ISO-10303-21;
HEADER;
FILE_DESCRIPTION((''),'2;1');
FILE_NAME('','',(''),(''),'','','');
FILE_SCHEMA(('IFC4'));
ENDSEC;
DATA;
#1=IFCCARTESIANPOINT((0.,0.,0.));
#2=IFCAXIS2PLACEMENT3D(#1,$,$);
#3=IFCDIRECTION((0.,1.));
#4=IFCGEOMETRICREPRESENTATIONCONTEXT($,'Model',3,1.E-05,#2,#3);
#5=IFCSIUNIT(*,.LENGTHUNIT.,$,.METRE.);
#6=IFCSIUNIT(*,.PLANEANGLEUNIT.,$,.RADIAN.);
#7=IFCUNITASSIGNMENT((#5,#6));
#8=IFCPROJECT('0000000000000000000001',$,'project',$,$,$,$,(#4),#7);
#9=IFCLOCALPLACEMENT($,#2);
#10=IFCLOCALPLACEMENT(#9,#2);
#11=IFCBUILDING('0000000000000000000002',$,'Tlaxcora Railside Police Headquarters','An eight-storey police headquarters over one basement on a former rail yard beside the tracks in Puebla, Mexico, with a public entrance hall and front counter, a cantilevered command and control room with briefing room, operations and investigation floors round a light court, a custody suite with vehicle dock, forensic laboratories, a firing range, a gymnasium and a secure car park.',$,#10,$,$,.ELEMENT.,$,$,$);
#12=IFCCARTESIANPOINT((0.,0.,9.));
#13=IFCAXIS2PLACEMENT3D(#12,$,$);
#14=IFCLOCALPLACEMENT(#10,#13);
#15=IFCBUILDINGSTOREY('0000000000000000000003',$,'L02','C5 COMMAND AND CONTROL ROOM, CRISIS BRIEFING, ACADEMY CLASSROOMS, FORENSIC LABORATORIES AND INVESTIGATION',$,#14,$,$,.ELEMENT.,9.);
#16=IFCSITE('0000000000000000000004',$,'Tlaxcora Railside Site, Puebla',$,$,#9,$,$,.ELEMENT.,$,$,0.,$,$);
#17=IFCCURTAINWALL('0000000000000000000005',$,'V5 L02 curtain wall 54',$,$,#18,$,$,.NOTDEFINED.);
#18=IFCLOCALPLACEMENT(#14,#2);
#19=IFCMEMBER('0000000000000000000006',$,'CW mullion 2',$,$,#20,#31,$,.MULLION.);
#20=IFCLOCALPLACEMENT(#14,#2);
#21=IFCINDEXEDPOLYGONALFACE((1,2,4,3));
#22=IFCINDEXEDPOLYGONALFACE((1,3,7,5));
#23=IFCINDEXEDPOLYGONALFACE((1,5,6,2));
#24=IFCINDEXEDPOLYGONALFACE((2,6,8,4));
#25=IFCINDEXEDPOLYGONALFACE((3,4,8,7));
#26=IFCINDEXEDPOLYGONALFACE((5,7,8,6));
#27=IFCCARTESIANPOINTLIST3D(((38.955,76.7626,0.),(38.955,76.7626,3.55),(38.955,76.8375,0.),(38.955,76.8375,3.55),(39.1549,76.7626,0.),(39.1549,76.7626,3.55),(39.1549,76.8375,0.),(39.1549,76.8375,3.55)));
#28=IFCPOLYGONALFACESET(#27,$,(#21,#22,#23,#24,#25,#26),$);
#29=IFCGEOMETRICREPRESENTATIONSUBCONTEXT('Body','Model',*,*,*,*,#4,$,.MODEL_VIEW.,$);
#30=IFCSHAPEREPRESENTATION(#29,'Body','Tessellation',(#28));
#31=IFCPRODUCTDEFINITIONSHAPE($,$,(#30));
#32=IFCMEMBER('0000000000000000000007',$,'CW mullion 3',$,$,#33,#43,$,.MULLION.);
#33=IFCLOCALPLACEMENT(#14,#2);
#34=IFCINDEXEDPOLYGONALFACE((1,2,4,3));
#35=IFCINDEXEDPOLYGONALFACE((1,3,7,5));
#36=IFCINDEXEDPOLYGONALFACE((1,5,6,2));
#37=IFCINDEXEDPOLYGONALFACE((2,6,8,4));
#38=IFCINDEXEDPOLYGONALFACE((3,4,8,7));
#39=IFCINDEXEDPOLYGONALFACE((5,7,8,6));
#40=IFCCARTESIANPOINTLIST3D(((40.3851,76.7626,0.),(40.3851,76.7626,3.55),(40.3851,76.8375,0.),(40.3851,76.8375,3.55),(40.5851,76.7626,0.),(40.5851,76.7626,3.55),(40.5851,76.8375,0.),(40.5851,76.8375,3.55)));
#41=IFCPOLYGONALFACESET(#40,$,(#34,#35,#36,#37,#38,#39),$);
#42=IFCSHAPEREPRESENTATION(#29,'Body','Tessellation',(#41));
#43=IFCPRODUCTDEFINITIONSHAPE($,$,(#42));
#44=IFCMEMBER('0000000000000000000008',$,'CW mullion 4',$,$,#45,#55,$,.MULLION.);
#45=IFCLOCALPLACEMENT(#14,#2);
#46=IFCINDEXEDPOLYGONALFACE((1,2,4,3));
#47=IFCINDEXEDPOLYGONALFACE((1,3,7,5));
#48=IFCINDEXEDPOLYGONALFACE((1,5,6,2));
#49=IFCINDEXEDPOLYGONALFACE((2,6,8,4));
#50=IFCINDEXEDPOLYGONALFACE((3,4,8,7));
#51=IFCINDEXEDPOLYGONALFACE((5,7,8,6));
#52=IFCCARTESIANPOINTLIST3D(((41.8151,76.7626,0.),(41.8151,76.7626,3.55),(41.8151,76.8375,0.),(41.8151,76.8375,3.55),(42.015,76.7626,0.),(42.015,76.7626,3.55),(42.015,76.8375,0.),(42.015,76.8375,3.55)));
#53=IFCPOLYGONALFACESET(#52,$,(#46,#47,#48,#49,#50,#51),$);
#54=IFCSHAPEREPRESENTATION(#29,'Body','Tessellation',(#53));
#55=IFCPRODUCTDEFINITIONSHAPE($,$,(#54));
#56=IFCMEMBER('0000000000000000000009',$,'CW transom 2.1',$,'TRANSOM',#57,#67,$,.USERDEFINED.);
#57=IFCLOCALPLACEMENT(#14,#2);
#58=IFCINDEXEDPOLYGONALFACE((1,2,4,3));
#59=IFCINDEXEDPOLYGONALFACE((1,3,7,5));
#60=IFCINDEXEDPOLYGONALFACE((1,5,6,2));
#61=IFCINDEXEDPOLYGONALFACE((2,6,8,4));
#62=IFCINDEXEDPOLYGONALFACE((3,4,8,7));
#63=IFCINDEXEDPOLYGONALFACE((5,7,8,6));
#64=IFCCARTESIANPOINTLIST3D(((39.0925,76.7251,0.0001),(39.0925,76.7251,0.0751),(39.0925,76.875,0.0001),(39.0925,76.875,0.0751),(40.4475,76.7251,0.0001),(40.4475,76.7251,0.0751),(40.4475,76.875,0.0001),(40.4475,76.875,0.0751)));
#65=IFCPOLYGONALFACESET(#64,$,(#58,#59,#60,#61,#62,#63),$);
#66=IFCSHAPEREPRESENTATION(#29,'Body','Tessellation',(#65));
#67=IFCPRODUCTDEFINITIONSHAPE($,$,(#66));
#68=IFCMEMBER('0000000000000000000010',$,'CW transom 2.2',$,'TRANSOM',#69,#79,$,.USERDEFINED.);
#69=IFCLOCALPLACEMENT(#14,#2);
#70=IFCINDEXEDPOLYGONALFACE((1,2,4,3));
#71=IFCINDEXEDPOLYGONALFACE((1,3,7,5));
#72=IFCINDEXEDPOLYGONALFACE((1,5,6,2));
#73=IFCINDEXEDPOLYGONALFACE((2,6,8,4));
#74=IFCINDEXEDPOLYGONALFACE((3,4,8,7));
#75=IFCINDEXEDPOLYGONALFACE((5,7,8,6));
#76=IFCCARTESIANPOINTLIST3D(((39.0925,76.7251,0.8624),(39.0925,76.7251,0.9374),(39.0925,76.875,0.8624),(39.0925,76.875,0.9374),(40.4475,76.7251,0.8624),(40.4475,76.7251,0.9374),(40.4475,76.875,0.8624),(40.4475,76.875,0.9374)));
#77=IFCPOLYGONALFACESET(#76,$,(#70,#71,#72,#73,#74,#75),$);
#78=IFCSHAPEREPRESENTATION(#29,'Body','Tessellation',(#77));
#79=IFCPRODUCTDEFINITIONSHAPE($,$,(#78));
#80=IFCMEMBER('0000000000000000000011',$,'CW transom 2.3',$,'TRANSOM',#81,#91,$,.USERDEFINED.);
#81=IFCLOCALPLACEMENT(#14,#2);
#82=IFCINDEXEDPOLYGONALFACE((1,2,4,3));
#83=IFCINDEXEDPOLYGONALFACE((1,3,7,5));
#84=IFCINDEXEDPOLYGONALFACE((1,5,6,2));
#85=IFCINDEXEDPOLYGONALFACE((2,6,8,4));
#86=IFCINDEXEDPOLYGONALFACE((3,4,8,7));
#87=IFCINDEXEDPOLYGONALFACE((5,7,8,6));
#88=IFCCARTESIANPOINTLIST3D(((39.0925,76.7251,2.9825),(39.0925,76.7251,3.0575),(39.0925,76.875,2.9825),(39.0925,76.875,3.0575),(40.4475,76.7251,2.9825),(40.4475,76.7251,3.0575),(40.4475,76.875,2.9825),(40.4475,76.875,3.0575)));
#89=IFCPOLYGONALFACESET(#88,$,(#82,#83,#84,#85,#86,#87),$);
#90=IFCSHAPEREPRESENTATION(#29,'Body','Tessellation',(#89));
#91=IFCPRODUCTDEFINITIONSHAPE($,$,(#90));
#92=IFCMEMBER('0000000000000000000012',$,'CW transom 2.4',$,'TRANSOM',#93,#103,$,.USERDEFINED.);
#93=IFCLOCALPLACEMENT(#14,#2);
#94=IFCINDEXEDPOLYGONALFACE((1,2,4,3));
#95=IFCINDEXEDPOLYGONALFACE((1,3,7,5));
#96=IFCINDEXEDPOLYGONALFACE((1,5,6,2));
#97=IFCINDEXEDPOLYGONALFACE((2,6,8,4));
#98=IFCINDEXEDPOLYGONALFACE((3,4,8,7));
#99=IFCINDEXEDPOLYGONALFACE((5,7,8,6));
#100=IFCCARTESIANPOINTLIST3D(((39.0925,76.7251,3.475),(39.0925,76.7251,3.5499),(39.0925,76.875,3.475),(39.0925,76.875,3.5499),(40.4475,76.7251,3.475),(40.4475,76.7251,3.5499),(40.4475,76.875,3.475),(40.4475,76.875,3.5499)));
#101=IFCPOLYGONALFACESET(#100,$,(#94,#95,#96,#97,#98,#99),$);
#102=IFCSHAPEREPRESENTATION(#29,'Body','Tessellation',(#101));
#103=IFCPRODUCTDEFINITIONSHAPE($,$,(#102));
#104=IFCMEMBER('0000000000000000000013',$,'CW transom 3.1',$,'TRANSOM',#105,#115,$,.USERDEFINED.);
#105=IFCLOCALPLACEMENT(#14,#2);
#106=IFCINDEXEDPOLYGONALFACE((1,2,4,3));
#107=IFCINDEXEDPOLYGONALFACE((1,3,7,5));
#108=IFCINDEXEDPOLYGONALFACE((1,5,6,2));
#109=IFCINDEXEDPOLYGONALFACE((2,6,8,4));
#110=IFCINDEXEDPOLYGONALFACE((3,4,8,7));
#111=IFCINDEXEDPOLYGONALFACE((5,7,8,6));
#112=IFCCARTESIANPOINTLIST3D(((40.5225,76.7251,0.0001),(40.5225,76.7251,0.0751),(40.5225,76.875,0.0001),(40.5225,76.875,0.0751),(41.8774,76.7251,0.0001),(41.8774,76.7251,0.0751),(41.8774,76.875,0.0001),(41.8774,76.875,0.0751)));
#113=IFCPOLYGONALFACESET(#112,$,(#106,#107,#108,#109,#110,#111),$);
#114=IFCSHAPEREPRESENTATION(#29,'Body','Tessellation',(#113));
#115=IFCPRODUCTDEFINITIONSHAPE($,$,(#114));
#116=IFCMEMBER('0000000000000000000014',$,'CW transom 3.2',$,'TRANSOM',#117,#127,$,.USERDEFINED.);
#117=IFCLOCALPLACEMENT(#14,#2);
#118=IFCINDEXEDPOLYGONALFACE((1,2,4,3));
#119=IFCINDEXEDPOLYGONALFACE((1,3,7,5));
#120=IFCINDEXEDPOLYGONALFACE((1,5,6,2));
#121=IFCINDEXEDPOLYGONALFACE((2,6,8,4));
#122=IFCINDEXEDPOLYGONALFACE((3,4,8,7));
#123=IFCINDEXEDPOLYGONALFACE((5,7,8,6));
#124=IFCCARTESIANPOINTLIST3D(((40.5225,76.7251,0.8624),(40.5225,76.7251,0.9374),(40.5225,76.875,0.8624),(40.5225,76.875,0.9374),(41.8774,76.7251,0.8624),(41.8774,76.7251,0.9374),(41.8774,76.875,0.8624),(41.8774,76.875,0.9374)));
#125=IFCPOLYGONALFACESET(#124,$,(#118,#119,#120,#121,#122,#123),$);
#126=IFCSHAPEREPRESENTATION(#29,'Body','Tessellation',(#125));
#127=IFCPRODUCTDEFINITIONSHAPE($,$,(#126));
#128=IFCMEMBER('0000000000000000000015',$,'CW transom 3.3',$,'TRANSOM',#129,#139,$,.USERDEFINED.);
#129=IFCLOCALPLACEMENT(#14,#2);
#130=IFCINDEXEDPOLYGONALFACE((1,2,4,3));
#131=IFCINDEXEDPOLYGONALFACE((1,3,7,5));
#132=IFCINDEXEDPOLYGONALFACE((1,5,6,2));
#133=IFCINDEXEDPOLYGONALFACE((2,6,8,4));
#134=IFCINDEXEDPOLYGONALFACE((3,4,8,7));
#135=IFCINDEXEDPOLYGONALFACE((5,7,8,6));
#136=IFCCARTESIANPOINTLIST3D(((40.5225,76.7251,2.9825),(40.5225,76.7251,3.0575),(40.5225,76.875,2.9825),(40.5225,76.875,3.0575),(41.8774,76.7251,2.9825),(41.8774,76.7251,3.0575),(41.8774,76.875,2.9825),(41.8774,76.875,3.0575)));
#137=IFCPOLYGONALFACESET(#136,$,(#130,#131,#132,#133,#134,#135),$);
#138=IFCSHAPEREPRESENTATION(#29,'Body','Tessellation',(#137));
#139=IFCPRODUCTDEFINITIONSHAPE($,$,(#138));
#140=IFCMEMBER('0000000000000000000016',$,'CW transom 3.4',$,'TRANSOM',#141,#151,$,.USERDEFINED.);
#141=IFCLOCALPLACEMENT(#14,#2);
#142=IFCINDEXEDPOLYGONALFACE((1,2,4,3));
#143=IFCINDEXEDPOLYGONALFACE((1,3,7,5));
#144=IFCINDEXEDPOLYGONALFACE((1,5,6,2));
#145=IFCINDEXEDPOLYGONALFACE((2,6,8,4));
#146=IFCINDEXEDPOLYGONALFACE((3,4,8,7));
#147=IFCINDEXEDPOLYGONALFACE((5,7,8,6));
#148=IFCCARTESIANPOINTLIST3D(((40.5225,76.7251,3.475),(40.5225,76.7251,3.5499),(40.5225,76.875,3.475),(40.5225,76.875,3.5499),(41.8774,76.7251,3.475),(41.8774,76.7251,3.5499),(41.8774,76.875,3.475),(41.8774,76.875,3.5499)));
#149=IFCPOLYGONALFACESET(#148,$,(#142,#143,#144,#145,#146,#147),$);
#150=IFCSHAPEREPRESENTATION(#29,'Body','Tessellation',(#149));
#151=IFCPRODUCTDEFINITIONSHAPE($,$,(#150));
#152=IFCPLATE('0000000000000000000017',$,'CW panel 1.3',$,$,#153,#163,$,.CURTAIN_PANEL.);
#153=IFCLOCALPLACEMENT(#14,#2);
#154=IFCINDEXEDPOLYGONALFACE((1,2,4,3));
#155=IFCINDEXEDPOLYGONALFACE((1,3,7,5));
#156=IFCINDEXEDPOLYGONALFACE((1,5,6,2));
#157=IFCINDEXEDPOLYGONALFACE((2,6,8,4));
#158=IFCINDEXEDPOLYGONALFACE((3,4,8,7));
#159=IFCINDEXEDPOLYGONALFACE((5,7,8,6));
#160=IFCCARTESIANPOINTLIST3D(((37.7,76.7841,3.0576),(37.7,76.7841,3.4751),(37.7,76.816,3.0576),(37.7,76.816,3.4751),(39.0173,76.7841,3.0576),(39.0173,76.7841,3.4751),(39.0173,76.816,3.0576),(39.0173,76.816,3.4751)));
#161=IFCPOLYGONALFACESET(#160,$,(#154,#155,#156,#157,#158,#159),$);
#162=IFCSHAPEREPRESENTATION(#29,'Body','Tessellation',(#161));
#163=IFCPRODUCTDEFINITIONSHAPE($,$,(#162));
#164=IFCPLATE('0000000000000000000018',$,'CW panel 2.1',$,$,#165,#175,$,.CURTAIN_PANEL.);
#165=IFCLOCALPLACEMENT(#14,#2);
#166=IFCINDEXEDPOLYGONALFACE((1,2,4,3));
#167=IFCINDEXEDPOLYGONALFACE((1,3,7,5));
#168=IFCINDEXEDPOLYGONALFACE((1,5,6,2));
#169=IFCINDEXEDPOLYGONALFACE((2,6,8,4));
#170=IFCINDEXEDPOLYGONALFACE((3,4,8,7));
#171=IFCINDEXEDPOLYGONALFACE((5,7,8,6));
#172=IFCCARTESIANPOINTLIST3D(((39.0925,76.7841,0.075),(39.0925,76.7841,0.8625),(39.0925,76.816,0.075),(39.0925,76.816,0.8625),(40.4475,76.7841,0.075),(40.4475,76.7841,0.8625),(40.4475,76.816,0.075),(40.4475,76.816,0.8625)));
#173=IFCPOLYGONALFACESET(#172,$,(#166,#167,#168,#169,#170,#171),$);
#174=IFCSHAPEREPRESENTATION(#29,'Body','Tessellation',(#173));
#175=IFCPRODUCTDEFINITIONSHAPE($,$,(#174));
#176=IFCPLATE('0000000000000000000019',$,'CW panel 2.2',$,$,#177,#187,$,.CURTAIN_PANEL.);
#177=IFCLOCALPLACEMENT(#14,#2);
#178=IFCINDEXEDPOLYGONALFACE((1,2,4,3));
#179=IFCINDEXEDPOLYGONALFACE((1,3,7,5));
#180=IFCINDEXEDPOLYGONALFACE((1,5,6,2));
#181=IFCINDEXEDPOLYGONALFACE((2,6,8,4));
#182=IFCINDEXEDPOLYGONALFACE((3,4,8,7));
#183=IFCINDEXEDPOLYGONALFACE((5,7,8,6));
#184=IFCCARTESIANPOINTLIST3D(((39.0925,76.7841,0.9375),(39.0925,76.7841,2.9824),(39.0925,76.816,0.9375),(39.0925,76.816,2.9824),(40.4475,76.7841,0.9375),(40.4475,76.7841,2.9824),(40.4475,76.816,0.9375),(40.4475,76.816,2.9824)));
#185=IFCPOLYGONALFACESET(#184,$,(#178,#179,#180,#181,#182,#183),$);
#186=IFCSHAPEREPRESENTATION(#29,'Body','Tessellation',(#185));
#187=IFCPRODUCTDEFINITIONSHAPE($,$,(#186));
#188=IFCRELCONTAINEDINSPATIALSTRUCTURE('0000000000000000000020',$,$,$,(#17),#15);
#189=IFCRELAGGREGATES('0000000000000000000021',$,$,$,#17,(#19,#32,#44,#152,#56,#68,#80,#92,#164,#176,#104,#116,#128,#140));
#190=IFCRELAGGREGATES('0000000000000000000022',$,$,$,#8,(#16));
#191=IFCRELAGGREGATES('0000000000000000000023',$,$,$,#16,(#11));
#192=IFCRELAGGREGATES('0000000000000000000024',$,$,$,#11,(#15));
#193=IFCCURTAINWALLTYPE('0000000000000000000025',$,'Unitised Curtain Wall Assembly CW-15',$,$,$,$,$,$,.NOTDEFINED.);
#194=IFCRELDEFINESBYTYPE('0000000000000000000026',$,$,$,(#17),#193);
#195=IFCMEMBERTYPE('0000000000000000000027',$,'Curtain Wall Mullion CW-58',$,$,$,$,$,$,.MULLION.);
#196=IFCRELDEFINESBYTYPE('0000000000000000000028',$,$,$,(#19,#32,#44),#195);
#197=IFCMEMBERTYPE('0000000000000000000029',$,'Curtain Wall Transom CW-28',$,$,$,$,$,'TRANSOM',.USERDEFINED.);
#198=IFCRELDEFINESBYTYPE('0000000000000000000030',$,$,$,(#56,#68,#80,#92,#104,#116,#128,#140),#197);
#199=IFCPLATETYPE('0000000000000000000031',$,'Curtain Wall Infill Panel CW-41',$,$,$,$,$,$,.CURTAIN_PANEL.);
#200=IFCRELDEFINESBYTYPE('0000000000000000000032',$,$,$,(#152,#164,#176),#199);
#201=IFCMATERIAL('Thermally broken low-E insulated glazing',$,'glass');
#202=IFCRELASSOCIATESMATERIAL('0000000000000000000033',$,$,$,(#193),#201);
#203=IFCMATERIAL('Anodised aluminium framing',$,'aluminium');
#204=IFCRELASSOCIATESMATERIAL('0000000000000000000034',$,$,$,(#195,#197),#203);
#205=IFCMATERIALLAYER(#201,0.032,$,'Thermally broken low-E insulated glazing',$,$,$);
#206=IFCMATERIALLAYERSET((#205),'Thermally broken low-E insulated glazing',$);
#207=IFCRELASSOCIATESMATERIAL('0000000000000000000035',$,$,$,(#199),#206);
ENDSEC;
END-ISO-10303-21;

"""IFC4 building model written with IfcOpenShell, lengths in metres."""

from ifc_helpers import new_model, si_unit, direction, frame, origin, origin_2d, place, context, subcontext, project, spatial, rectangle, extrude, material, layer, layer_set, material_profile, profile_set, type_object, element, aggregate, save


model = new_model("IFC4")

# Units and contexts
model_context = context("Model", 3, precision=1e-05, world=origin(), true_north=direction((0.0, 1.0)))
body_context = subcontext(model_context, "Body", "Model", "MODEL_VIEW")
ifc_project = project(units=[si_unit("LENGTHUNIT", "METRE"), si_unit("PLANEANGLEUNIT", "RADIAN")], contexts=[model_context])

# Site, building, storey
site_placement = place(None, origin())
site = spatial("IfcSite", under=ifc_project, at=site_placement, Name="Tlaxcora Railside Site, Puebla", CompositionType="ELEMENT", RefElevation=0.0)
building_placement = place(site_placement, origin())
building = spatial("IfcBuilding", under=site, at=building_placement, Name="Tlaxcora Railside Police Headquarters", Description="An eight-storey police headquarters over one basement on a former rail yard beside the tracks in Puebla, Mexico, with a public entrance hall and front counter, a cantilevered command and control room with briefing room, operations and investigation floors round a light court, a custody suite with vehicle dock, forensic laboratories, a firing range, a gymnasium and a secure car park.", CompositionType="ELEMENT")
storey_placement = place(building_placement, frame((0.0, 0.0, 9.0)))
storey = spatial("IfcBuildingStorey", under=building, at=storey_placement, Name="L02", Description="C5 COMMAND AND CONTROL ROOM, CRISIS BRIEFING, ACADEMY CLASSROOMS, FORENSIC LABORATORIES AND INVESTIGATION", CompositionType="ELEMENT", Elevation=9.0)

# Curtain wall, members, plates
ifc_material_1 = material(Name="Thermally broken low-E insulated glazing", Category="glass")
curtain_wall_type = type_object("IfcCurtainWallType", Name="Unitised Curtain Wall Assembly CW-15", PredefinedType="NOTDEFINED", material=ifc_material_1)
curtain_wall_placement = place(storey_placement, origin())
curtain_wall = element("IfcCurtainWall", 1, at=curtain_wall_placement, inside=storey, type_object=curtain_wall_type, Name="V5 L02 curtain wall 54", PredefinedType="NOTDEFINED")
ifc_material_2 = material(Name="Anodised aluminium framing", Category="aluminium")
ifc_material_profile_1 = material_profile(ifc_material_2, rectangle(XDim=0.075, YDim=0.2, at=origin_2d()), Name="AL75X200")
ifc_profile_set_1 = profile_set([ifc_material_profile_1], Name="Anodised aluminium framing")
member_type_1 = type_object("IfcMemberType", Name="Curtain Wall Mullion CW-58", PredefinedType="MULLION", material=ifc_profile_set_1)
member_1_placement = place(storey_placement, frame((39.0549, 76.8, 0.0), z_axis=(0.0, 0.0, 1.0), x_axis=(0.0, 1.0, 0.0)))
member_1 = element("IfcMember", 2, at=member_1_placement, type_object=member_type_1, Name="CW mullion 2", PredefinedType="MULLION", context=body_context, shape_type="SweptSolid", body=[
    extrude(rectangle(XDim=0.075, YDim=0.2, at=origin_2d()), origin(), (0.0, 0.0, 1.0), 3.55),
])
member_2_placement = place(storey_placement, frame((40.4851, 76.8, 0.0), z_axis=(0.0, 0.0, 1.0), x_axis=(0.0, 1.0, 0.0)))
member_2 = element("IfcMember", 3, at=member_2_placement, type_object=member_type_1, Name="CW mullion 3", PredefinedType="MULLION", context=body_context, shape_type="SweptSolid", body=[
    extrude(rectangle(XDim=0.075, YDim=0.2, at=origin_2d()), origin(), (0.0, 0.0, 1.0), 3.55),
])
member_3_placement = place(storey_placement, frame((41.915, 76.8, 0.0), z_axis=(0.0, 0.0, 1.0), x_axis=(0.0, 1.0, 0.0)))
member_3 = element("IfcMember", 4, at=member_3_placement, type_object=member_type_1, Name="CW mullion 4", PredefinedType="MULLION", context=body_context, shape_type="SweptSolid", body=[
    extrude(rectangle(XDim=0.075, YDim=0.2, at=origin_2d()), origin(), (0.0, 0.0, 1.0), 3.55),
])
ifc_material_profile_2 = material_profile(ifc_material_2, rectangle(XDim=0.1499, YDim=0.075, at=origin_2d()), Name="AL75X150")
ifc_profile_set_2 = profile_set([ifc_material_profile_2], Name="Anodised aluminium framing")
member_type_2 = type_object("IfcMemberType", Name="Curtain Wall Transom CW-28", ElementType="TRANSOM", PredefinedType="USERDEFINED", material=ifc_profile_set_2)
member_4_placement = place(storey_placement, frame((39.0925, 76.8, 0.0376), z_axis=(1.0, 0.0, 0.0), x_axis=(0.0, 1.0, 0.0)))
member_4 = element("IfcMember", 5, at=member_4_placement, type_object=member_type_2, Name="CW transom 2.1", ObjectType="TRANSOM", PredefinedType="USERDEFINED", context=body_context, shape_type="SweptSolid", body=[
    extrude(rectangle(XDim=0.1499, YDim=0.075, at=origin_2d()), origin(), (0.0, 0.0, 1.0), 1.355),
])
member_5_placement = place(storey_placement, frame((39.0925, 76.8, 0.8999), z_axis=(1.0, 0.0, 0.0), x_axis=(0.0, 1.0, 0.0)))
member_5 = element("IfcMember", 6, at=member_5_placement, type_object=member_type_2, Name="CW transom 2.2", ObjectType="TRANSOM", PredefinedType="USERDEFINED", context=body_context, shape_type="SweptSolid", body=[
    extrude(rectangle(XDim=0.1499, YDim=0.075, at=origin_2d()), origin(), (0.0, 0.0, 1.0), 1.355),
])
member_6_placement = place(storey_placement, frame((39.0925, 76.8, 3.02), z_axis=(1.0, 0.0, 0.0), x_axis=(0.0, 1.0, 0.0)))
member_6 = element("IfcMember", 7, at=member_6_placement, type_object=member_type_2, Name="CW transom 2.3", ObjectType="TRANSOM", PredefinedType="USERDEFINED", context=body_context, shape_type="SweptSolid", body=[
    extrude(rectangle(XDim=0.1499, YDim=0.075, at=origin_2d()), origin(), (0.0, 0.0, 1.0), 1.355),
])
member_7_placement = place(storey_placement, frame((39.0925, 76.8, 3.5125), z_axis=(1.0, 0.0, 0.0), x_axis=(0.0, 1.0, 0.0)))
member_7 = element("IfcMember", 8, at=member_7_placement, type_object=member_type_2, Name="CW transom 2.4", ObjectType="TRANSOM", PredefinedType="USERDEFINED", context=body_context, shape_type="SweptSolid", body=[
    extrude(rectangle(XDim=0.1499, YDim=0.075, at=origin_2d()), origin(), (0.0, 0.0, 1.0), 1.355),
])
member_8_placement = place(storey_placement, frame((40.5225, 76.8, 0.0376), z_axis=(1.0, 0.0, 0.0), x_axis=(0.0, 1.0, 0.0)))
member_8 = element("IfcMember", 9, at=member_8_placement, type_object=member_type_2, Name="CW transom 3.1", ObjectType="TRANSOM", PredefinedType="USERDEFINED", context=body_context, shape_type="SweptSolid", body=[
    extrude(rectangle(XDim=0.1499, YDim=0.075, at=origin_2d()), origin(), (0.0, 0.0, 1.0), 1.355),
])
member_9_placement = place(storey_placement, frame((40.5225, 76.8, 0.8999), z_axis=(1.0, 0.0, 0.0), x_axis=(0.0, 1.0, 0.0)))
member_9 = element("IfcMember", 10, at=member_9_placement, type_object=member_type_2, Name="CW transom 3.2", ObjectType="TRANSOM", PredefinedType="USERDEFINED", context=body_context, shape_type="SweptSolid", body=[
    extrude(rectangle(XDim=0.1499, YDim=0.075, at=origin_2d()), origin(), (0.0, 0.0, 1.0), 1.355),
])
member_10_placement = place(storey_placement, frame((40.5225, 76.8, 3.02), z_axis=(1.0, 0.0, 0.0), x_axis=(0.0, 1.0, 0.0)))
member_10 = element("IfcMember", 11, at=member_10_placement, type_object=member_type_2, Name="CW transom 3.3", ObjectType="TRANSOM", PredefinedType="USERDEFINED", context=body_context, shape_type="SweptSolid", body=[
    extrude(rectangle(XDim=0.1499, YDim=0.075, at=origin_2d()), origin(), (0.0, 0.0, 1.0), 1.355),
])
member_11_placement = place(storey_placement, frame((40.5225, 76.8, 3.5125), z_axis=(1.0, 0.0, 0.0), x_axis=(0.0, 1.0, 0.0)))
member_11 = element("IfcMember", 12, at=member_11_placement, type_object=member_type_2, Name="CW transom 3.4", ObjectType="TRANSOM", PredefinedType="USERDEFINED", context=body_context, shape_type="SweptSolid", body=[
    extrude(rectangle(XDim=0.1499, YDim=0.075, at=origin_2d()), origin(), (0.0, 0.0, 1.0), 1.355),
])
ifc_layer_1 = layer(ifc_material_1, 0.032, Name="Thermally broken low-E insulated glazing")
ifc_layer_set_1 = layer_set([ifc_layer_1], Name="Thermally broken low-E insulated glazing")
plate_type = type_object("IfcPlateType", Name="Curtain Wall Infill Panel CW-41", PredefinedType="CURTAIN_PANEL", material=ifc_layer_set_1)
plate_1_placement = place(storey_placement, frame((38.3586, 76.8, 3.0576), z_axis=(0.0, 0.0, 1.0), x_axis=(1.0, 0.0, 0.0)))
plate_1 = element("IfcPlate", 13, at=plate_1_placement, type_object=plate_type, Name="CW panel 1.3", PredefinedType="CURTAIN_PANEL", context=body_context, shape_type="SweptSolid", body=[
    extrude(rectangle(XDim=1.3174, YDim=0.032, at=origin_2d()), origin(), (0.0, 0.0, 1.0), 0.4175),
])
plate_2_placement = place(storey_placement, frame((39.77, 76.8, 0.075), z_axis=(0.0, 0.0, 1.0), x_axis=(1.0, 0.0, 0.0)))
plate_2 = element("IfcPlate", 14, at=plate_2_placement, type_object=plate_type, Name="CW panel 2.1", PredefinedType="CURTAIN_PANEL", context=body_context, shape_type="SweptSolid", body=[
    extrude(rectangle(XDim=1.355, YDim=0.032, at=origin_2d()), origin(), (0.0, 0.0, 1.0), 0.7876),
])
plate_3_placement = place(storey_placement, frame((39.77, 76.8, 0.9375), z_axis=(0.0, 0.0, 1.0), x_axis=(1.0, 0.0, 0.0)))
plate_3 = element("IfcPlate", 15, at=plate_3_placement, type_object=plate_type, Name="CW panel 2.2", PredefinedType="CURTAIN_PANEL", context=body_context, shape_type="SweptSolid", body=[
    extrude(rectangle(XDim=1.355, YDim=0.032, at=origin_2d()), origin(), (0.0, 0.0, 1.0), 2.0449),
])
aggregate(curtain_wall, [member_1, member_2, member_3, plate_1, member_4, member_5, member_6, member_7, plate_2, plate_3, member_8, member_9, member_10, member_11])

save(model, "model.ifc")
